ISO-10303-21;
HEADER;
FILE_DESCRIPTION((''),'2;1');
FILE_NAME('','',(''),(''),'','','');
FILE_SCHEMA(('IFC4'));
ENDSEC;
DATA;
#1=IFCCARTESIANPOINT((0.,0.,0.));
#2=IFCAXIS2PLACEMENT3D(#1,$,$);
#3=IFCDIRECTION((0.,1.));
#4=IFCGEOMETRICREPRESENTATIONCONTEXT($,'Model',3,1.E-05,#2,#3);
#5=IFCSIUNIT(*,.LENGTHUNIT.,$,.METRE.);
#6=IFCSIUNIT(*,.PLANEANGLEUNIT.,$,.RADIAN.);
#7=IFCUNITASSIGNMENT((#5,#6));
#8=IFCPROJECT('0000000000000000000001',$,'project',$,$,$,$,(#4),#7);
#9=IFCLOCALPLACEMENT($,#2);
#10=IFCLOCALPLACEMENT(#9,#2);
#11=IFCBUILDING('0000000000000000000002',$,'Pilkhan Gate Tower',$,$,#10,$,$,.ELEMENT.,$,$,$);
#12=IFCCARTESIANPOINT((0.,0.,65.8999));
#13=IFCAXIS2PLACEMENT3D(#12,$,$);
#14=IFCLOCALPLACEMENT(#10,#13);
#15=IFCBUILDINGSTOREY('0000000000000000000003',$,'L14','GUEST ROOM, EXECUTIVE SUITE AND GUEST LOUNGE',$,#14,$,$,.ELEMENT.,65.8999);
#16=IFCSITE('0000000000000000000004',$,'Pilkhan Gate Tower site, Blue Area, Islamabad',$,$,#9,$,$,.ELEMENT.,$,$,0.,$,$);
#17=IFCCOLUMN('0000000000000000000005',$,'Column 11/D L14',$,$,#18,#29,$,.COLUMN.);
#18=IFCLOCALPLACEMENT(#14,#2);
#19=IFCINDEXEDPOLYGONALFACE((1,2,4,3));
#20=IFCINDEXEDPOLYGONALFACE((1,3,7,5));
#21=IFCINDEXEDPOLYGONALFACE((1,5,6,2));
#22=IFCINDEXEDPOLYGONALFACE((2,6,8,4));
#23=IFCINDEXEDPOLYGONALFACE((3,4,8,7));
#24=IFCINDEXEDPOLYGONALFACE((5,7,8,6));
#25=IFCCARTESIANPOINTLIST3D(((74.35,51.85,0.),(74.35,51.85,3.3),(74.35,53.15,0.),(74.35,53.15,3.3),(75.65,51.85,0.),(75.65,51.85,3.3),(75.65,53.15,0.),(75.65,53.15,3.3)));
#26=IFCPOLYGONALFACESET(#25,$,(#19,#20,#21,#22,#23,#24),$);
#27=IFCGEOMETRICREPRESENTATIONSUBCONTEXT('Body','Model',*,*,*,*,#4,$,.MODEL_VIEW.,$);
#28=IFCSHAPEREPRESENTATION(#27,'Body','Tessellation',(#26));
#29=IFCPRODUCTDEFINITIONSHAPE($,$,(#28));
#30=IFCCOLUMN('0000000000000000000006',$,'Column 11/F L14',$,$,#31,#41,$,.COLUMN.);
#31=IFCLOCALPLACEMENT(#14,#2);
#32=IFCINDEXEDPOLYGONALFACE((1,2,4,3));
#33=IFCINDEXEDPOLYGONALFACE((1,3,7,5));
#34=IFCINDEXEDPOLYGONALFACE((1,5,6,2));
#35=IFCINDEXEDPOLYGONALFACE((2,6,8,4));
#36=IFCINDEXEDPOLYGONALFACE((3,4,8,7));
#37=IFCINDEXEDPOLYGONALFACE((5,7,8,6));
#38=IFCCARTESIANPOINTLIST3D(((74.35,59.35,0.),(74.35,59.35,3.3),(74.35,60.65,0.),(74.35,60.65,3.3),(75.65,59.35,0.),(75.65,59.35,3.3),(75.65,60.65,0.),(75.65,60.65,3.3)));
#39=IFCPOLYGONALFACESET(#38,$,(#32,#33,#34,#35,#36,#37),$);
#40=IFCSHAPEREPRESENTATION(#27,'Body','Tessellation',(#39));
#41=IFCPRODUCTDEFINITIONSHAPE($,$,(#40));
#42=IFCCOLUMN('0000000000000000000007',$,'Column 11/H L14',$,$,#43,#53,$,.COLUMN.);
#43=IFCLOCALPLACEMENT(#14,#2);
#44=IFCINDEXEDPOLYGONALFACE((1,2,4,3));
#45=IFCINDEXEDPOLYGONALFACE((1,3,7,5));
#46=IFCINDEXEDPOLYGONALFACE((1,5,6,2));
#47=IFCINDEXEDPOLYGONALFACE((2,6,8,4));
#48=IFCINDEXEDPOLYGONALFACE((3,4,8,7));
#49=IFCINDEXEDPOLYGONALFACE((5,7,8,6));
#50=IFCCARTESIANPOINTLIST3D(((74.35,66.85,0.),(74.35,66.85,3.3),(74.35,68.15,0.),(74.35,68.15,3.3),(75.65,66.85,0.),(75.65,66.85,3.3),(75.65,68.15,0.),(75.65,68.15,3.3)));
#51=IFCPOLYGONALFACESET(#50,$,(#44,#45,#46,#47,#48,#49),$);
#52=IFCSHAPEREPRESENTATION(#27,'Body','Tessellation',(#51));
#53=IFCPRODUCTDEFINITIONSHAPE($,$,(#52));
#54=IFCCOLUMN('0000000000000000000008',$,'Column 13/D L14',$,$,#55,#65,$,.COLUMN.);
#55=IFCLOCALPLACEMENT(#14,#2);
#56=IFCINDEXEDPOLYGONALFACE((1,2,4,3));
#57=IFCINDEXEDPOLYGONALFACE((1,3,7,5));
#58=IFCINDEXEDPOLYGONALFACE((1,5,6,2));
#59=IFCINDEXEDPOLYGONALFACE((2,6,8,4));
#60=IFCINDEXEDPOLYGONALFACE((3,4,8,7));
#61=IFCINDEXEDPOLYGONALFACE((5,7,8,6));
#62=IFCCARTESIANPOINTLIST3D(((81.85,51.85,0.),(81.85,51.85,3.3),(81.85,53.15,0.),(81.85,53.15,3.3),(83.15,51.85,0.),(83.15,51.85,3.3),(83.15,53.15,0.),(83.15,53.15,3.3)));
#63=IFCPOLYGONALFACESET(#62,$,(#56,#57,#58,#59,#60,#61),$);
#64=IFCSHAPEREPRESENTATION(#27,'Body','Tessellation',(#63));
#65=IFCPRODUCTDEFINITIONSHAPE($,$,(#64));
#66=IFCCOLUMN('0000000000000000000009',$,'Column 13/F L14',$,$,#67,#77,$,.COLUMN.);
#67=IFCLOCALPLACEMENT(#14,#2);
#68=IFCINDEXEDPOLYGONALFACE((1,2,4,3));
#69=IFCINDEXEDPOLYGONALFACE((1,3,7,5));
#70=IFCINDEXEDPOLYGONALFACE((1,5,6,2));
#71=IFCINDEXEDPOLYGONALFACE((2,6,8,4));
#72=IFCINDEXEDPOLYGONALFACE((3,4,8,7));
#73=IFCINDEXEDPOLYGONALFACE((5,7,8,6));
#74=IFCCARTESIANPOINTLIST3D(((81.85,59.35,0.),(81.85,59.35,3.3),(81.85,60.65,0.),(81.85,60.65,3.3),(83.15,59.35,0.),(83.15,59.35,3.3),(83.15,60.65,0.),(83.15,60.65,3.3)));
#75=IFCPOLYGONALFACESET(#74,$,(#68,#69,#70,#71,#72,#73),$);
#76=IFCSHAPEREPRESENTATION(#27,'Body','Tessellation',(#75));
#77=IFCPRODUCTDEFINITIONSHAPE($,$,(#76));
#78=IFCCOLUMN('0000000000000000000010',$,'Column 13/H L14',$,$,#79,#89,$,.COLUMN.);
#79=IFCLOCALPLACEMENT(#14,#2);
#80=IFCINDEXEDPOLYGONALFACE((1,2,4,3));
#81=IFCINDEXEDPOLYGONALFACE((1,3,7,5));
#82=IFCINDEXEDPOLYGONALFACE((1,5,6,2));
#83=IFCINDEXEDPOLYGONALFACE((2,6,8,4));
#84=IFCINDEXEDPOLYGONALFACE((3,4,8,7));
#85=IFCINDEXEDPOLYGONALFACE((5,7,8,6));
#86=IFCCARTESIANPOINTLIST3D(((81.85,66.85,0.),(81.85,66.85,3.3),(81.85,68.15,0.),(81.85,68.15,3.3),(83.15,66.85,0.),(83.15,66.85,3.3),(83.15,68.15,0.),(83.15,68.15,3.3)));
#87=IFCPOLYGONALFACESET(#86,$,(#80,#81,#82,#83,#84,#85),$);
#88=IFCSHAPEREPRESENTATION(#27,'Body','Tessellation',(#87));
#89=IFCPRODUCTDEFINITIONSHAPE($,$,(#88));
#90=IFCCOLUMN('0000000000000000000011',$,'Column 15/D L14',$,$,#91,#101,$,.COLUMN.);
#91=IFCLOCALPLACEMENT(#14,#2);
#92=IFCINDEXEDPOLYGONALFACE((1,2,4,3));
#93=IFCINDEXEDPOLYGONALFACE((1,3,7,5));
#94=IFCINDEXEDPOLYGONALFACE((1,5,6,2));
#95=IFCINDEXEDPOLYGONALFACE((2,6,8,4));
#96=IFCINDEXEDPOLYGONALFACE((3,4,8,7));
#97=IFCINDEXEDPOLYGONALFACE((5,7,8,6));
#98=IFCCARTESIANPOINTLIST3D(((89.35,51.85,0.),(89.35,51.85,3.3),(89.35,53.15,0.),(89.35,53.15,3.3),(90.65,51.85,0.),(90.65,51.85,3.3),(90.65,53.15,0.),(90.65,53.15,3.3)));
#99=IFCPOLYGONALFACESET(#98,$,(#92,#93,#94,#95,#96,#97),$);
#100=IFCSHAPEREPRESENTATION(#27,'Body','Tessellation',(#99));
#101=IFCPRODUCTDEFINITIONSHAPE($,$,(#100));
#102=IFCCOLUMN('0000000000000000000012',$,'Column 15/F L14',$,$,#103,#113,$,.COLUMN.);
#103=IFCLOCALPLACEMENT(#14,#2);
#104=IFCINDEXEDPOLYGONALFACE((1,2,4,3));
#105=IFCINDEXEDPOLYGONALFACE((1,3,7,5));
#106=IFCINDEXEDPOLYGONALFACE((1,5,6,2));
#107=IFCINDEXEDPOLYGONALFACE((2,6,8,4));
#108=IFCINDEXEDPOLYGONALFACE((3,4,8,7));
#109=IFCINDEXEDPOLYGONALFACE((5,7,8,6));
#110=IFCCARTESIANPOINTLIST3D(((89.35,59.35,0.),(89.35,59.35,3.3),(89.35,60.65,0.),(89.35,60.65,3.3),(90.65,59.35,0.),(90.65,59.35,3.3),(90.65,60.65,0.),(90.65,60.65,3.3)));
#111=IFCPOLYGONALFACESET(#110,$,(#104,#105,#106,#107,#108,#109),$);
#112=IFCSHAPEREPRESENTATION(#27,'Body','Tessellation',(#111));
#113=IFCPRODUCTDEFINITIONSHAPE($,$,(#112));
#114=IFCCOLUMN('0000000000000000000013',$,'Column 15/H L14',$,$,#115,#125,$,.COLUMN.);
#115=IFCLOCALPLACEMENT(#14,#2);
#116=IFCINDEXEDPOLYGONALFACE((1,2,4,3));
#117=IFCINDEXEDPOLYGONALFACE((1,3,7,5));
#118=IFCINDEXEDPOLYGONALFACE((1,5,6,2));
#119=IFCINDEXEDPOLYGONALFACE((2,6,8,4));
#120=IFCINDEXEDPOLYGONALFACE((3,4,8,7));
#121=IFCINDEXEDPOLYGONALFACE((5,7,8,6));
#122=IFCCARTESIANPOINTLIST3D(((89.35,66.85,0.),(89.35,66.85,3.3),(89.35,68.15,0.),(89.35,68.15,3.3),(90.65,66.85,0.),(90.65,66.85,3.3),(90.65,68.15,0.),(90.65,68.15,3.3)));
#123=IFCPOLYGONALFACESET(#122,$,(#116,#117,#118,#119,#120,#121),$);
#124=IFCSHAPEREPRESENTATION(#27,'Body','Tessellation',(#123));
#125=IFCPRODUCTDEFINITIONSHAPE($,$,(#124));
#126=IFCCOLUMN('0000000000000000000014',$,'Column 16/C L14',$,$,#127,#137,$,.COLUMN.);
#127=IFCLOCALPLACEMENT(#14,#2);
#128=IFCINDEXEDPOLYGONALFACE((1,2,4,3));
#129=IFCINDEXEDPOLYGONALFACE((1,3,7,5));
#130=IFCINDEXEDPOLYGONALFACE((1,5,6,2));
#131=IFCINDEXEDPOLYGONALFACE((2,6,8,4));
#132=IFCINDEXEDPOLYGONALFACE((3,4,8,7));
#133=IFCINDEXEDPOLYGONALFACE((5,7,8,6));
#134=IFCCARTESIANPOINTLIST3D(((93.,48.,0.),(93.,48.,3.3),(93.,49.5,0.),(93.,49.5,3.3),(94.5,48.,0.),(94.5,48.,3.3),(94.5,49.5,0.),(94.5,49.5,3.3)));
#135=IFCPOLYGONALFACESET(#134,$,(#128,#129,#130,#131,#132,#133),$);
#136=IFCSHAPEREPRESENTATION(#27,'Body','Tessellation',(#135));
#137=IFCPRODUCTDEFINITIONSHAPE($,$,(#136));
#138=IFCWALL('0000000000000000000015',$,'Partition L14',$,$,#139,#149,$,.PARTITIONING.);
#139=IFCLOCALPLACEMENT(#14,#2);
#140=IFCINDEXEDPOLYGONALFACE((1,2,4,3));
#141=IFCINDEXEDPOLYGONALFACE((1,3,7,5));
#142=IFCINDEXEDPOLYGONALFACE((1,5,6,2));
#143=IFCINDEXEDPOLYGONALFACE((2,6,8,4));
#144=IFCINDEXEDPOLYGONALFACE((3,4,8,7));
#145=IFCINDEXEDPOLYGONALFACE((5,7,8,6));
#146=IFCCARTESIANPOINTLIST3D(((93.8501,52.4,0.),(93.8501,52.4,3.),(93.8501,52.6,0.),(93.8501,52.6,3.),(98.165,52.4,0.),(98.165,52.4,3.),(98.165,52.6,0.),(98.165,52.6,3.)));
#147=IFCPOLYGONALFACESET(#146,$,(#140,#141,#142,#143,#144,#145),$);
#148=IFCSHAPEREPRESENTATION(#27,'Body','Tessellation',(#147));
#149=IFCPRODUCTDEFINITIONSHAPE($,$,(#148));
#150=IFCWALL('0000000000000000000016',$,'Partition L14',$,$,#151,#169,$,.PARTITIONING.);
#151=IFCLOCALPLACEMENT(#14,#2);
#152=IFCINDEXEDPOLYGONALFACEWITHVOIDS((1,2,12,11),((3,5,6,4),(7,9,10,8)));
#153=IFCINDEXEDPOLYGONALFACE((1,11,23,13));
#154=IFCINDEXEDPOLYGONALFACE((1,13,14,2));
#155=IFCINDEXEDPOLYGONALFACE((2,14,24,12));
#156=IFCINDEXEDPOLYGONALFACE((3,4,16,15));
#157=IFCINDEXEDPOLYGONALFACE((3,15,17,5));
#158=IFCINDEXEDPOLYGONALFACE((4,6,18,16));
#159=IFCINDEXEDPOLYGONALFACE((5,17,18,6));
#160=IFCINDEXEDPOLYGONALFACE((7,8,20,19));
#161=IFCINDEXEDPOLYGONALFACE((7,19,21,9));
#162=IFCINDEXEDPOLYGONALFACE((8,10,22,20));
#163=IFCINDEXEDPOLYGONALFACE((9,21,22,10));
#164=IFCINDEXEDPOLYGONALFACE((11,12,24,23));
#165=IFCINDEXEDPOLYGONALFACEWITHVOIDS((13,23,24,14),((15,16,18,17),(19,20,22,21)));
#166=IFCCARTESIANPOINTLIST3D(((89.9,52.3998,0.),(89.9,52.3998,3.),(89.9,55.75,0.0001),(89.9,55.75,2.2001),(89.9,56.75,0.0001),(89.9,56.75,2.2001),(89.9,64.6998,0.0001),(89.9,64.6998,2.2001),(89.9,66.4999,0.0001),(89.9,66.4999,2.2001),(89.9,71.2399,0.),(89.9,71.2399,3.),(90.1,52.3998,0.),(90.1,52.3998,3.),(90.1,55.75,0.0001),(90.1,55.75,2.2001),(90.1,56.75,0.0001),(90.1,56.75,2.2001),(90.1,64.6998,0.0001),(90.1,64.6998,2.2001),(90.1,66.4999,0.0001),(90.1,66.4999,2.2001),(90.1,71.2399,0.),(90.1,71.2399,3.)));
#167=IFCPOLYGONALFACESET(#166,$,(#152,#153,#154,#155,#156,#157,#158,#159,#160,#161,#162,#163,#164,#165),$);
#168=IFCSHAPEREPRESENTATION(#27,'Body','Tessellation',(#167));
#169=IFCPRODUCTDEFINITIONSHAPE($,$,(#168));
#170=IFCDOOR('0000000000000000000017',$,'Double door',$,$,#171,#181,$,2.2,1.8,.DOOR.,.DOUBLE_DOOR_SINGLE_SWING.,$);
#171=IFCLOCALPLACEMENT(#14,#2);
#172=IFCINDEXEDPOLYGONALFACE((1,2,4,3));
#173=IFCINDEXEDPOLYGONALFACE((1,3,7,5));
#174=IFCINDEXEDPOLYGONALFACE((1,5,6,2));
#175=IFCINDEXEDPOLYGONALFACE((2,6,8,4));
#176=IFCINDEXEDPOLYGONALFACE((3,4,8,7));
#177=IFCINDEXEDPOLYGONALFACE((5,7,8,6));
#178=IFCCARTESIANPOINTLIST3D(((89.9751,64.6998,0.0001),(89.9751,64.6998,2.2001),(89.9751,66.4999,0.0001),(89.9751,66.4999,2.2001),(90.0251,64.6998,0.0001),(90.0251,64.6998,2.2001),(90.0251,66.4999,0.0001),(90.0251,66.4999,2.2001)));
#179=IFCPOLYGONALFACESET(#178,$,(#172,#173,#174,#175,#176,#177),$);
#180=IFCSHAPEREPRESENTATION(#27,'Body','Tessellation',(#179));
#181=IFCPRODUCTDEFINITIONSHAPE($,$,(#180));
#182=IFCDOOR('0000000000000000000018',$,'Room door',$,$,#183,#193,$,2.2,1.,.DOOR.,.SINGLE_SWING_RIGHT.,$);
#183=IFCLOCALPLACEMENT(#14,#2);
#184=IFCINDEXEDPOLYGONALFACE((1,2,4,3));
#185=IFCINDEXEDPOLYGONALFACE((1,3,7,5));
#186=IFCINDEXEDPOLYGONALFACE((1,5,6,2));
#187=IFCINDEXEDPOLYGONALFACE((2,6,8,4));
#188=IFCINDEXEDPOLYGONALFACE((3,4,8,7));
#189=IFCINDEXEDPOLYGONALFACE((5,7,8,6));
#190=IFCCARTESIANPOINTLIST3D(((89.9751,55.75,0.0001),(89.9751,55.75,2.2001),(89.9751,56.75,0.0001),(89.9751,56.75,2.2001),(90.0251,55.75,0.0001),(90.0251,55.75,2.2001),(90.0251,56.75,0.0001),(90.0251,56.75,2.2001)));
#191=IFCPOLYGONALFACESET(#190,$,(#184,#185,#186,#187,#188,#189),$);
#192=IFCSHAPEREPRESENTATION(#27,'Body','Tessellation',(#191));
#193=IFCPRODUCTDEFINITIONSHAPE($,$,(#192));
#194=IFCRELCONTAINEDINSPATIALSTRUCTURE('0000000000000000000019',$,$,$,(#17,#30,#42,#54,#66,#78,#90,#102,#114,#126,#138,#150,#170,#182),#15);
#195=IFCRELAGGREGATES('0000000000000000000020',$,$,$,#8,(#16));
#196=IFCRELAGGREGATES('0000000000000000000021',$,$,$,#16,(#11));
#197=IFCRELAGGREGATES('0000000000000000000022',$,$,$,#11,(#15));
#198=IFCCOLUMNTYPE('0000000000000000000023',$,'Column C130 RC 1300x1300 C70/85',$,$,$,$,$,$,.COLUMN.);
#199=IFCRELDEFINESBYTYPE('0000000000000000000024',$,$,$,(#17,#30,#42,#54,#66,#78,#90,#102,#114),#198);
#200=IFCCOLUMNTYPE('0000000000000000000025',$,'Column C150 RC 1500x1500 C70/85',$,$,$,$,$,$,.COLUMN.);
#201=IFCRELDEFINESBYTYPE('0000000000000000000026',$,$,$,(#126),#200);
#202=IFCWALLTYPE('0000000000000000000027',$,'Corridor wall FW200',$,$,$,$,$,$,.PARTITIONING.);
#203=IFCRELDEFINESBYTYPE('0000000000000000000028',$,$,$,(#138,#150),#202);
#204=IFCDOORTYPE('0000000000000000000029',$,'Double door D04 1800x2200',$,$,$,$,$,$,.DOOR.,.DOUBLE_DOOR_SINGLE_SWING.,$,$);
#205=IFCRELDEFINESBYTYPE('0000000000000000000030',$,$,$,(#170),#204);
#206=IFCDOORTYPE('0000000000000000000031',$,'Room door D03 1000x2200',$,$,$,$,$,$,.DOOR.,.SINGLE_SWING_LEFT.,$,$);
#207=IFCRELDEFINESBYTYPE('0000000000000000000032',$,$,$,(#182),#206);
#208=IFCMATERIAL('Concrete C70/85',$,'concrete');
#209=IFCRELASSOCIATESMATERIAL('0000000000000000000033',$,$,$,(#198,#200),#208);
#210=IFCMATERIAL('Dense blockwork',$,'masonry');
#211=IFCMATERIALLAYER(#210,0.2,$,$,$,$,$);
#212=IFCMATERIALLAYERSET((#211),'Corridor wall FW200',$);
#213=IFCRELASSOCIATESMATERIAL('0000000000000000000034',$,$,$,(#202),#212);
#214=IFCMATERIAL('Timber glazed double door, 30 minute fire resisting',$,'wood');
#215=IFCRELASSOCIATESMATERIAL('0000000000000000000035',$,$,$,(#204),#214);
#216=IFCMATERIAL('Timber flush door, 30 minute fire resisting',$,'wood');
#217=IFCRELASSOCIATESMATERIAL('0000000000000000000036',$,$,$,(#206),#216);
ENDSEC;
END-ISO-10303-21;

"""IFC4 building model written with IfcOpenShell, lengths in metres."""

from ifc_helpers import new_model, si_unit, direction, frame, frame_2d, origin, origin_2d, place, context, subcontext, project, spatial, rectangle, extrude, material, layer, layer_set, material_profile, profile_set, type_object, element, fill, save


model = new_model("IFC4")

# Units and contexts
model_context = context("Model", 3, precision=1e-05, world=origin(), true_north=direction((0.0, 1.0)))
body_context = subcontext(model_context, "Body", "Model", "MODEL_VIEW")
ifc_project = project(units=[si_unit("LENGTHUNIT", "METRE"), si_unit("PLANEANGLEUNIT", "RADIAN")], contexts=[model_context])

# Site, building, storey
site_placement = place(None, origin())
site = spatial("IfcSite", under=ifc_project, at=site_placement, Name="Pilkhan Gate Tower site, Blue Area, Islamabad", CompositionType="ELEMENT", RefElevation=0.0)
building_placement = place(site_placement, origin())
building = spatial("IfcBuilding", under=site, at=building_placement, Name="Pilkhan Gate Tower", CompositionType="ELEMENT")
storey_placement = place(building_placement, frame((0.0, 0.0, 65.8999)))
storey = spatial("IfcBuildingStorey", under=building, at=storey_placement, Name="L14", Description="GUEST ROOM, EXECUTIVE SUITE AND GUEST LOUNGE", CompositionType="ELEMENT", Elevation=65.8999)

# Columns
ifc_material_1 = material(Name="Concrete C70/85", Category="concrete")
ifc_material_profile_1 = material_profile(ifc_material_1, rectangle(XDim=1.3, YDim=1.3, at=origin_2d()), Name="RC 1300x1300")
ifc_profile_set_1 = profile_set([ifc_material_profile_1], Name="Concrete C70/85")
column_type_1 = type_object("IfcColumnType", Name="Column C130 RC 1300x1300 C70/85", PredefinedType="COLUMN", material=ifc_profile_set_1)
for number, where, z_axis, x_axis, name in (
    (1, (75.0, 52.5, 0.0), (0.0, 0.0, 1.0), (1.0, 0.0, 0.0), "Column 11/D L14"),
    (2, (75.0, 60.0, 0.0), (0.0, 0.0, 1.0), (1.0, 0.0, 0.0), "Column 11/F L14"),
    (3, (75.0, 67.5, 0.0), (0.0, 0.0, 1.0), (1.0, 0.0, 0.0), "Column 11/H L14"),
    (4, (82.5, 52.5, 0.0), (0.0, 0.0, 1.0), (1.0, 0.0, 0.0), "Column 13/D L14"),
    (5, (82.5, 60.0, 0.0), (0.0, 0.0, 1.0), (1.0, 0.0, 0.0), "Column 13/F L14"),
    (6, (82.5, 67.5, 0.0), (0.0, 0.0, 1.0), (1.0, 0.0, 0.0), "Column 13/H L14"),
    (7, (90.0, 52.5, 0.0), (0.0, 0.0, 1.0), (1.0, 0.0, 0.0), "Column 15/D L14"),
    (8, (90.0, 60.0, 0.0), (0.0, 0.0, 1.0), (1.0, 0.0, 0.0), "Column 15/F L14"),
    (9, (90.0, 67.5, 0.0), (0.0, 0.0, 1.0), (1.0, 0.0, 0.0), "Column 15/H L14"),
):
    element("IfcColumn", number, at=place(storey_placement, frame(where, z_axis=z_axis, x_axis=x_axis)), inside=storey, type_object=column_type_1, Name=name, PredefinedType="COLUMN", context=body_context, shape_type="SweptSolid", body=[
        extrude(rectangle(XDim=1.3, YDim=1.3, at=origin_2d()), origin(), (0.0, 0.0, 1.0), 3.3),
    ])
ifc_material_profile_2 = material_profile(ifc_material_1, rectangle(XDim=1.5, YDim=1.5, at=origin_2d()), Name="RC 1500x1500")
ifc_profile_set_2 = profile_set([ifc_material_profile_2], Name="Concrete C70/85")
column_type_2 = type_object("IfcColumnType", Name="Column C150 RC 1500x1500 C70/85", PredefinedType="COLUMN", material=ifc_profile_set_2)
column_placement = place(storey_placement, frame((93.75, 48.75, 0.0), z_axis=(0.0, 0.0, 1.0), x_axis=(1.0, 0.0, 0.0)))
element("IfcColumn", 10, at=column_placement, inside=storey, type_object=column_type_2, Name="Column 16/C L14", PredefinedType="COLUMN", context=body_context, shape_type="SweptSolid", body=[
    extrude(rectangle(XDim=1.5, YDim=1.5, at=origin_2d()), origin(), (0.0, 0.0, 1.0), 3.3),
])

# Wall
ifc_material_2 = material(Name="Dense blockwork", Category="masonry")
ifc_layer_1 = layer(ifc_material_2, 0.2)
ifc_layer_set_1 = layer_set([ifc_layer_1], Name="Corridor wall FW200")
wall_type_1 = type_object("IfcWallType", Name="Corridor wall FW200", PredefinedType="PARTITIONING", material=ifc_layer_set_1)
wall_1_placement = place(storey_placement, frame((93.8501, 52.5, 0.0), z_axis=(0.0, 0.0, 1.0), x_axis=(1.0, 0.0, 0.0)))
element("IfcWall", 11, at=wall_1_placement, inside=storey, type_object=wall_type_1, Name="Partition L14", PredefinedType="PARTITIONING", context=body_context, shape_type="SweptSolid", body=[
    extrude(rectangle(XDim=4.3149, YDim=0.2, at=frame_2d((2.1575, 0.0))), origin(), (0.0, 0.0, 1.0), 3.0),
])

# Wall, openings, doors
wall_2_placement = place(storey_placement, frame((90.0, 52.3999, 0.0), z_axis=(0.0, 0.0, 1.0), x_axis=(0.0, 1.0, 0.0)))
wall_2 = element("IfcWall", 12, at=wall_2_placement, inside=storey, type_object=wall_type_1, Name="Partition L14", PredefinedType="PARTITIONING", context=body_context, shape_type="SweptSolid", body=[
    extrude(rectangle(XDim=18.8401, YDim=0.2, at=frame_2d((9.4199, 0.0))), origin(), (0.0, 0.0, 1.0), 3.0),
])
opening_1_placement = place(wall_2_placement, frame((3.3501, 0.0, 0.0)))
opening_1 = element("IfcOpeningElement", 13, at=opening_1_placement, cuts=wall_2, PredefinedType="OPENING", context=body_context, shape_type="SweptSolid", body=[
    extrude(rectangle(XDim=1.0, YDim=2.2, at=frame_2d((0.5, 1.1001))), frame((0.0, 0.1099, 0.0), z_axis=(0.0, -1.0, 0.0), x_axis=(1.0, 0.0, 0.0)), (0.0, 0.0, 1.0), 0.22),
])
opening_2_placement = place(wall_2_placement, frame((12.3, 0.0, 0.0)))
opening_2 = element("IfcOpeningElement", 14, at=opening_2_placement, cuts=wall_2, PredefinedType="OPENING", context=body_context, shape_type="SweptSolid", body=[
    extrude(rectangle(XDim=1.8, YDim=2.2, at=frame_2d((0.8999, 1.1001))), frame((0.0, 0.1099, 0.0), z_axis=(0.0, -1.0, 0.0), x_axis=(1.0, 0.0, 0.0)), (0.0, 0.0, 1.0), 0.22),
])
ifc_material_3 = material(Name="Timber glazed double door, 30 minute fire resisting", Category="wood")
door_type_1 = type_object("IfcDoorType", Name="Double door D04 1800x2200", OperationType="DOUBLE_DOOR_SINGLE_SWING", PredefinedType="DOOR", material=ifc_material_3)
door_1_placement = place(opening_2_placement, origin())
door_1 = element("IfcDoor", 15, at=door_1_placement, inside=storey, type_object=door_type_1, Name="Double door", OperationType="DOUBLE_DOOR_SINGLE_SWING", OverallHeight=2.2, OverallWidth=1.8, PredefinedType="DOOR", context=body_context, shape_type="SweptSolid", body=[
    extrude(rectangle(XDim=1.8, YDim=2.2, at=frame_2d((0.8999, 1.1001))), frame((0.0, 0.0249, 0.0), z_axis=(0.0, -1.0, 0.0), x_axis=(1.0, 0.0, 0.0)), (0.0, 0.0, 1.0), 0.05),
])
fill(opening_2, door_1)
ifc_material_4 = material(Name="Timber flush door, 30 minute fire resisting", Category="wood")
door_type_2 = type_object("IfcDoorType", Name="Room door D03 1000x2200", OperationType="SINGLE_SWING_LEFT", PredefinedType="DOOR", material=ifc_material_4)
door_2_placement = place(opening_1_placement, origin())
door_2 = element("IfcDoor", 16, at=door_2_placement, inside=storey, type_object=door_type_2, Name="Room door", OperationType="SINGLE_SWING_RIGHT", OverallHeight=2.2, OverallWidth=1.0, PredefinedType="DOOR", context=body_context, shape_type="SweptSolid", body=[
    extrude(rectangle(XDim=1.0, YDim=2.2, at=frame_2d((0.5, 1.1001))), frame((0.0, 0.0249, 0.0), z_axis=(0.0, -1.0, 0.0), x_axis=(1.0, 0.0, 0.0)), (0.0, 0.0, 1.0), 0.05),
])
fill(opening_1, door_2)

save(model, "model.ifc")
